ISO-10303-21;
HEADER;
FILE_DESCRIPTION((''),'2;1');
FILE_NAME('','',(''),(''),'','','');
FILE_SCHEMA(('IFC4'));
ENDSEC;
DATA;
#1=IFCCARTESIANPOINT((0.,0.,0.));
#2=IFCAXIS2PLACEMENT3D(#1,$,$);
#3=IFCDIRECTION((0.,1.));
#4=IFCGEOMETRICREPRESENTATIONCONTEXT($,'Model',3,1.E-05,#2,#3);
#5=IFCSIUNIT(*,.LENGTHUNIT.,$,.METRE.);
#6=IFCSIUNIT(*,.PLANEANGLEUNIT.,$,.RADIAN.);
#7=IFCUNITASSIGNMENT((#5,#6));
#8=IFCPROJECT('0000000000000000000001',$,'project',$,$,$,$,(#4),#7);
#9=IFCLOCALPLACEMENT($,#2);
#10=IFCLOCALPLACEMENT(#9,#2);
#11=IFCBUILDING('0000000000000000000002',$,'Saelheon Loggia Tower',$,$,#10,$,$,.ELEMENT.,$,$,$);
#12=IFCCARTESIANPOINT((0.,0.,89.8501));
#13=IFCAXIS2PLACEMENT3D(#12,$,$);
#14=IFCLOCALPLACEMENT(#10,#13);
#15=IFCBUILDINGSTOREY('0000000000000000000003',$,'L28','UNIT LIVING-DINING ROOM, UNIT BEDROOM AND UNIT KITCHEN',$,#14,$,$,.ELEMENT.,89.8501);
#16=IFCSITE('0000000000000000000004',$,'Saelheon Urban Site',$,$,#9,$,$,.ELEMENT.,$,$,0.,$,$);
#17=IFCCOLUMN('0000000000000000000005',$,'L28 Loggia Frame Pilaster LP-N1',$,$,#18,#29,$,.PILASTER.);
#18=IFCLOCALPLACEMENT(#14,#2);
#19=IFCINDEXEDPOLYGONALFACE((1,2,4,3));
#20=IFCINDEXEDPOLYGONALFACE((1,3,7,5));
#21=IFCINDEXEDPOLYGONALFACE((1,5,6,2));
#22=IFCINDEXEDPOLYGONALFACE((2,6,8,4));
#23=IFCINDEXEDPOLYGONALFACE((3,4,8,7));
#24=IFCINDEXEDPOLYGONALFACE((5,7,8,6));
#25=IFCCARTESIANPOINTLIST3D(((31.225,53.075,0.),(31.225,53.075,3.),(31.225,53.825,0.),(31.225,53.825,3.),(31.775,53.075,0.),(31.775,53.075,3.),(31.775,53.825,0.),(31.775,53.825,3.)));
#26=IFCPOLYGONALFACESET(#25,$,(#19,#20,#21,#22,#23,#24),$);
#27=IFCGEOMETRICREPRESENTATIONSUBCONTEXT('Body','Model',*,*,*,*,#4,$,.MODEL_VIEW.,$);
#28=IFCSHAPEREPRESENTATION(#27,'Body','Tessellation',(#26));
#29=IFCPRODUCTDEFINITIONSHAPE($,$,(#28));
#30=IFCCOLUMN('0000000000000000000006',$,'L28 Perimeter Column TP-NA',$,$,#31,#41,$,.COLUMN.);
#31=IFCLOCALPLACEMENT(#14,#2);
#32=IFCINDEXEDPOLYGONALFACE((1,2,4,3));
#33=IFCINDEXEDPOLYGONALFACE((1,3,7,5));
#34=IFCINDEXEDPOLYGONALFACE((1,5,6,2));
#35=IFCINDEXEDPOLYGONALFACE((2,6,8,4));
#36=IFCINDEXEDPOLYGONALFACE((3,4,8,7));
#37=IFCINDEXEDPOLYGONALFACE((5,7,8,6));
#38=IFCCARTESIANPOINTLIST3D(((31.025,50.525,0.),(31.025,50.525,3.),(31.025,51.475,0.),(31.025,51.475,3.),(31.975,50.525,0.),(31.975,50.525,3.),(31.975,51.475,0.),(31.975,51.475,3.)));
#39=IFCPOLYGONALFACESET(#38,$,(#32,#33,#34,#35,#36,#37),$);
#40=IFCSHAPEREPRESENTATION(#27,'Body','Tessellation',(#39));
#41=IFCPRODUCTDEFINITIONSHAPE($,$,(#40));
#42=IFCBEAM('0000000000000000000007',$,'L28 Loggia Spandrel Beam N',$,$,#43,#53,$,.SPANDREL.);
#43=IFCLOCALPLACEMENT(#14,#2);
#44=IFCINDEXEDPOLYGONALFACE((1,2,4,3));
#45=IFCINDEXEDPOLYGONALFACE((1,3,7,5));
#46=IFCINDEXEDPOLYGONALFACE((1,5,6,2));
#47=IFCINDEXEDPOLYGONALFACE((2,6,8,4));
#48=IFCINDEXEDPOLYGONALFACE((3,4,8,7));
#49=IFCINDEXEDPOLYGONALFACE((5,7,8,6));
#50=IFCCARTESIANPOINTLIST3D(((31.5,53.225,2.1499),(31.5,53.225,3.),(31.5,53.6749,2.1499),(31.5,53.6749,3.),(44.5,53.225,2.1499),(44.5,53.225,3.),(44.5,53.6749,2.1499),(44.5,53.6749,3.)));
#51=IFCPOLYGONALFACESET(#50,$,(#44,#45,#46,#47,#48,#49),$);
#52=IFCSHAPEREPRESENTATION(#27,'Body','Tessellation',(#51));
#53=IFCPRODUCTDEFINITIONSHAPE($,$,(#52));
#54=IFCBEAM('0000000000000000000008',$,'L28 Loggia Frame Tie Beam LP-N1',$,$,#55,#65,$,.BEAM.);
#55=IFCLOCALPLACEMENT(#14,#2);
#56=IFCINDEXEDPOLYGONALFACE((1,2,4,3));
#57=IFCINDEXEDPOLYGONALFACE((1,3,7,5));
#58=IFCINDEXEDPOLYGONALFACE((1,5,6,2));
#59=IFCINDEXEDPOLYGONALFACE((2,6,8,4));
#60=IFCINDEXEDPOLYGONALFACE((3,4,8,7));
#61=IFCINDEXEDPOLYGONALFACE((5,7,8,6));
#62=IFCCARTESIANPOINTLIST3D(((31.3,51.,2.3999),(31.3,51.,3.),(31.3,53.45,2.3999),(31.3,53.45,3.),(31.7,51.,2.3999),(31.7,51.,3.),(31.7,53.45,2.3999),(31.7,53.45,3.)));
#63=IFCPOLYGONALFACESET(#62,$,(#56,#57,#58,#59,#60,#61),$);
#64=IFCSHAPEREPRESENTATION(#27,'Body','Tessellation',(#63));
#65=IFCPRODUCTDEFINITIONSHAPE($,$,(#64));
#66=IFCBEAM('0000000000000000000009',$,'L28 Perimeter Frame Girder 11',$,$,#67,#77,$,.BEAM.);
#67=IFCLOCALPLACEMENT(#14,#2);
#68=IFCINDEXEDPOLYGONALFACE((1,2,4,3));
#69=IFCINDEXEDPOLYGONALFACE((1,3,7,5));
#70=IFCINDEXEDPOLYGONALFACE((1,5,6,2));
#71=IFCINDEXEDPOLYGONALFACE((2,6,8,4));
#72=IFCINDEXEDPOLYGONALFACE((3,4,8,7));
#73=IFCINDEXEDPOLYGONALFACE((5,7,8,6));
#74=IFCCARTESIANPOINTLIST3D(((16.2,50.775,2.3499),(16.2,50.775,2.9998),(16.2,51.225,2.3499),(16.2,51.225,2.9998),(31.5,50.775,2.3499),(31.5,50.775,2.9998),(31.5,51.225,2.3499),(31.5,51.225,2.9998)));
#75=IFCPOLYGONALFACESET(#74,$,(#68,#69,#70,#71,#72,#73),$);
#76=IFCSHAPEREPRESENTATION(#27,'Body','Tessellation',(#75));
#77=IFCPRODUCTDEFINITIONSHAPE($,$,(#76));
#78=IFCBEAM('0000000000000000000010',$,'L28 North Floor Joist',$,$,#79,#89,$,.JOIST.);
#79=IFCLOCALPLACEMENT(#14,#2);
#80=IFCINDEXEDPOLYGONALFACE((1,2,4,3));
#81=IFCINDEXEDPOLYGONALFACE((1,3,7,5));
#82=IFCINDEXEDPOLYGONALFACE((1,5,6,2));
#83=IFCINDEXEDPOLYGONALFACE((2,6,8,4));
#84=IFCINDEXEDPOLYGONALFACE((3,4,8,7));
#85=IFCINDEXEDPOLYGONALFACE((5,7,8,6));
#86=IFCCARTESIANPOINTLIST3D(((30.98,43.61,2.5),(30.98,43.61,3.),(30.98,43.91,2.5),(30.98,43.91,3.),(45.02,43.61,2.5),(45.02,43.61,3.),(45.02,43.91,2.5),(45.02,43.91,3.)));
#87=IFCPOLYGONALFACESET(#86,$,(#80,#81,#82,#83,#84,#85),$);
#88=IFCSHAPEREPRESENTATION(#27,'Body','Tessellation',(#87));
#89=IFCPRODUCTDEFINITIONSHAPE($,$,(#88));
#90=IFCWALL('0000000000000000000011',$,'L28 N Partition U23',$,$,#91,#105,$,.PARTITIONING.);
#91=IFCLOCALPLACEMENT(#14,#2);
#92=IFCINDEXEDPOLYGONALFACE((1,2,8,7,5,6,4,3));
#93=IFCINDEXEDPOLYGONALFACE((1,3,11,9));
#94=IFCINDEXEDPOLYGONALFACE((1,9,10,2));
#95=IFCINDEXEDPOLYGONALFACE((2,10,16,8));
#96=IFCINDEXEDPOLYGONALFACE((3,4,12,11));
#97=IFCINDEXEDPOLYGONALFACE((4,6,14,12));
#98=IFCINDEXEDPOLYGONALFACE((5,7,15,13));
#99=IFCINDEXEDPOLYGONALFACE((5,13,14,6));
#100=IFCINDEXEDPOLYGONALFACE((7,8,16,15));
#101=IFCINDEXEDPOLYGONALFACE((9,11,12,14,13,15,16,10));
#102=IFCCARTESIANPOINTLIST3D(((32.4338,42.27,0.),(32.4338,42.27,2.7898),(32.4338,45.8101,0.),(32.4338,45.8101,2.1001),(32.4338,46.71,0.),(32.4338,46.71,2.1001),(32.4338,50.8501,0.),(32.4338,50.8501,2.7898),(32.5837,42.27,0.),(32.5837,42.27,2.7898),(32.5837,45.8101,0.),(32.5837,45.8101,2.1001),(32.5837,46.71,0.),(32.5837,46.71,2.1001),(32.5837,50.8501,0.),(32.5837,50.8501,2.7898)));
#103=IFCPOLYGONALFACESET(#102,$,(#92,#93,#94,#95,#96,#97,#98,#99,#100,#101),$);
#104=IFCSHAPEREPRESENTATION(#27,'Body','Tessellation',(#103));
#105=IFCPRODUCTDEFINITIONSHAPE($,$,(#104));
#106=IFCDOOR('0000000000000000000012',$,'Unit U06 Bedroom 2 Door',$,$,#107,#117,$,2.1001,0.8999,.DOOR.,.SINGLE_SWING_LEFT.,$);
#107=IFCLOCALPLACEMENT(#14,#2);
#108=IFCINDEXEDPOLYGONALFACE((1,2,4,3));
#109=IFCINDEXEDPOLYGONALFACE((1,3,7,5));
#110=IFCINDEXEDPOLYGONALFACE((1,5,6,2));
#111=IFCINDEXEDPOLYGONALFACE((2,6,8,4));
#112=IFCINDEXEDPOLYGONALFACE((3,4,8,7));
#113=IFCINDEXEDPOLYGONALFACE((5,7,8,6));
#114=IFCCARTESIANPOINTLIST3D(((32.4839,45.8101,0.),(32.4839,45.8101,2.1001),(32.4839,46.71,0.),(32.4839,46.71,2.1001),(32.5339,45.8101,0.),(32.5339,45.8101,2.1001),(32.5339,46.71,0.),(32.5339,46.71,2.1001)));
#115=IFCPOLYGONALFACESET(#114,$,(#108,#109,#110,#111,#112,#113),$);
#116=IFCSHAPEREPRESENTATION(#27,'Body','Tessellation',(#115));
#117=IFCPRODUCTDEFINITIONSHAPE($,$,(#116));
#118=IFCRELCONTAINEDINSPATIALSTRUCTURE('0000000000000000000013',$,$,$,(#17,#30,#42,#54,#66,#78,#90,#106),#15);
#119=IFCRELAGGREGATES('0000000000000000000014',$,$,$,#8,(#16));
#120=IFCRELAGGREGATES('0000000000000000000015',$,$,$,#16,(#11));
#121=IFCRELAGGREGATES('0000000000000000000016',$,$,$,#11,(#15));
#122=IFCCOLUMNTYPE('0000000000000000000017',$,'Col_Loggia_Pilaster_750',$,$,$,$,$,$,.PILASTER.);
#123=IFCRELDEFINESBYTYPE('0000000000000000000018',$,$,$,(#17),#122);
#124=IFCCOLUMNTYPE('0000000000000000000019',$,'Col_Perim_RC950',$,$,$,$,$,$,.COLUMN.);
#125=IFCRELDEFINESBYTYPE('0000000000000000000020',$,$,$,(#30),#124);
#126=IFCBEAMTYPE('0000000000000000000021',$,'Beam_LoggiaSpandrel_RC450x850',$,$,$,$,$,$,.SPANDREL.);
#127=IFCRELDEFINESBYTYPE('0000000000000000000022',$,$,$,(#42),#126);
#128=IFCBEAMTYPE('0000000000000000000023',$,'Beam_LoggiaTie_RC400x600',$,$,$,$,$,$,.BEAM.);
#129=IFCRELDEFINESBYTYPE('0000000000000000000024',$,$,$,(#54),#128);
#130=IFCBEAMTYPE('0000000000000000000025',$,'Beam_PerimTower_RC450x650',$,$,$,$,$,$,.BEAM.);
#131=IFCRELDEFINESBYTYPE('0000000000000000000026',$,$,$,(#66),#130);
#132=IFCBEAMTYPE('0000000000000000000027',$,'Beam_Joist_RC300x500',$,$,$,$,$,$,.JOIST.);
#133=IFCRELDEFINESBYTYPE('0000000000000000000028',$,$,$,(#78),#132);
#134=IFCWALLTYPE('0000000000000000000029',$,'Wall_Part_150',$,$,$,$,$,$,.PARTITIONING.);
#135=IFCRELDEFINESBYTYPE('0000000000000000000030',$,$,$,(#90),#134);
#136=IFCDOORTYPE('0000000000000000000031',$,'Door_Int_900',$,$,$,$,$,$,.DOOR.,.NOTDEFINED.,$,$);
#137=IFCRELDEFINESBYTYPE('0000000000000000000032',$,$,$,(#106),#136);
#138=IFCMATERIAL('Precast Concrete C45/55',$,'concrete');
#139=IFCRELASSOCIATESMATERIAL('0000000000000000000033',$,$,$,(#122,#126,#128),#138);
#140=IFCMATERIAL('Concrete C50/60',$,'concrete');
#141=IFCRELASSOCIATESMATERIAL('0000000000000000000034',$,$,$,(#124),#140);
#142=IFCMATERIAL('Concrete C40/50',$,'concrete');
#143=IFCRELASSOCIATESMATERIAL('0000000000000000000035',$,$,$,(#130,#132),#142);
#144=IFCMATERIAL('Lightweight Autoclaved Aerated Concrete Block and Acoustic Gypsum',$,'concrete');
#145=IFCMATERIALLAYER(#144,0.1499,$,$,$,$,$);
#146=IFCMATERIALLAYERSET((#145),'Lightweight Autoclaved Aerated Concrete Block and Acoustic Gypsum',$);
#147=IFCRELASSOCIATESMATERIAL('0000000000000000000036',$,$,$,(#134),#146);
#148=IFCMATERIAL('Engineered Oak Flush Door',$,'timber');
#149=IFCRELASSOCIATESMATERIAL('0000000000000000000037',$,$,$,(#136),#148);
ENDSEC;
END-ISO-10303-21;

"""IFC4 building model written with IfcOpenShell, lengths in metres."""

from ifc_helpers import new_model, si_unit, direction, frame, frame_2d, origin, origin_2d, place, context, subcontext, project, spatial, rectangle, extrude, source, transform, mapped, material, layer, layer_set, material_profile, profile_set, type_object, element, fill, save


model = new_model("IFC4")

# Units and contexts
model_context = context("Model", 3, precision=1e-05, world=origin(), true_north=direction((0.0, 1.0)))
body_context = subcontext(model_context, "Body", "Model", "MODEL_VIEW")
ifc_project = project(units=[si_unit("LENGTHUNIT", "METRE"), si_unit("PLANEANGLEUNIT", "RADIAN")], contexts=[model_context])

# Site, building, storey
site_placement = place(None, origin())
site = spatial("IfcSite", under=ifc_project, at=site_placement, Name="Saelheon Urban Site", CompositionType="ELEMENT", RefElevation=0.0)
building_placement = place(site_placement, origin())
building = spatial("IfcBuilding", under=site, at=building_placement, Name="Saelheon Loggia Tower", CompositionType="ELEMENT")
storey_placement = place(building_placement, frame((0.0, 0.0, 89.8501)))
storey = spatial("IfcBuildingStorey", under=building, at=storey_placement, Name="L28", Description="UNIT LIVING-DINING ROOM, UNIT BEDROOM AND UNIT KITCHEN", CompositionType="ELEMENT", Elevation=89.8501)

# Columns
ifc_material_1 = material(Name="Precast Concrete C45/55", Category="concrete")
ifc_material_profile_1 = material_profile(ifc_material_1, rectangle(XDim=0.55, YDim=0.75, at=origin_2d()), Name="RC-550x750")
ifc_profile_set_1 = profile_set([ifc_material_profile_1], Name="Precast Concrete C45/55")
column_type_1 = type_object("IfcColumnType", Name="Col_Loggia_Pilaster_750", PredefinedType="PILASTER", material=ifc_profile_set_1)
shared_shape_1 = source(origin(), body_context, "Body", "SweptSolid", [
    extrude(rectangle(XDim=0.55, YDim=0.75, at=origin_2d()), origin(), (0.0, 0.0, 1.0), 3.0),
])
column_1_placement = place(storey_placement, frame((31.5, 53.45, 0.0), z_axis=(0.0, 0.0, 1.0), x_axis=(1.0, 0.0, 0.0)))
element("IfcColumn", 1, at=column_1_placement, inside=storey, type_object=column_type_1, Name="L28 Loggia Frame Pilaster LP-N1", PredefinedType="PILASTER", context=body_context, shape_type="MappedRepresentation", body=[
    mapped(shared_shape_1, transform((0.0, 0.0, 0.0), scale=1.0)),
])
ifc_material_2 = material(Name="Concrete C50/60", Category="concrete")
ifc_material_profile_2 = material_profile(ifc_material_2, rectangle(XDim=0.95, YDim=0.95, at=origin_2d()), Name="RC-950x950")
ifc_profile_set_2 = profile_set([ifc_material_profile_2], Name="Concrete C50/60")
column_type_2 = type_object("IfcColumnType", Name="Col_Perim_RC950", PredefinedType="COLUMN", material=ifc_profile_set_2)
shared_shape_2 = source(origin(), body_context, "Body", "SweptSolid", [
    extrude(rectangle(XDim=0.95, YDim=0.95, at=origin_2d()), origin(), (0.0, 0.0, 1.0), 3.0),
])
column_2_placement = place(storey_placement, frame((31.5, 51.0, 0.0), z_axis=(0.0, 0.0, 1.0), x_axis=(1.0, 0.0, 0.0)))
element("IfcColumn", 2, at=column_2_placement, inside=storey, type_object=column_type_2, Name="L28 Perimeter Column TP-NA", PredefinedType="COLUMN", context=body_context, shape_type="MappedRepresentation", body=[
    mapped(shared_shape_2, transform((0.0, 0.0, 0.0), scale=1.0)),
])

# Beams
ifc_material_profile_3 = material_profile(ifc_material_1, rectangle(XDim=0.45, YDim=0.8501, at=origin_2d()), Name="RC-450x850")
ifc_profile_set_3 = profile_set([ifc_material_profile_3], Name="Precast Concrete C45/55")
beam_type_1 = type_object("IfcBeamType", Name="Beam_LoggiaSpandrel_RC450x850", PredefinedType="SPANDREL", material=ifc_profile_set_3)
shared_shape_3 = source(origin(), body_context, "Body", "SweptSolid", [
    extrude(rectangle(XDim=0.45, YDim=0.8501, at=origin_2d()), origin(), (0.0, 0.0, 1.0), 13.0),
])
beam_1_placement = place(storey_placement, frame((31.5, 53.45, 2.575), z_axis=(1.0, 0.0, 0.0), x_axis=(0.0, 1.0, 0.0)))
element("IfcBeam", 3, at=beam_1_placement, inside=storey, type_object=beam_type_1, Name="L28 Loggia Spandrel Beam N", PredefinedType="SPANDREL", context=body_context, shape_type="MappedRepresentation", body=[
    mapped(shared_shape_3, transform((0.0, 0.0, 0.0), scale=1.0)),
])
ifc_material_profile_4 = material_profile(ifc_material_1, rectangle(XDim=0.3999, YDim=0.6001, at=origin_2d()), Name="RC-400x600")
ifc_profile_set_4 = profile_set([ifc_material_profile_4], Name="Precast Concrete C45/55")
beam_type_2 = type_object("IfcBeamType", Name="Beam_LoggiaTie_RC400x600", PredefinedType="BEAM", material=ifc_profile_set_4)
shared_shape_4 = source(origin(), body_context, "Body", "SweptSolid", [
    extrude(rectangle(XDim=0.3999, YDim=0.6001, at=origin_2d()), origin(), (0.0, 0.0, 1.0), 2.45),
])
beam_2_placement = place(storey_placement, frame((31.5, 51.0, 2.7), z_axis=(0.0, 1.0, 0.0), x_axis=(-1.0, 0.0, 0.0)))
element("IfcBeam", 4, at=beam_2_placement, inside=storey, type_object=beam_type_2, Name="L28 Loggia Frame Tie Beam LP-N1", PredefinedType="BEAM", context=body_context, shape_type="MappedRepresentation", body=[
    mapped(shared_shape_4, transform((0.0, 0.0, 0.0), scale=1.0)),
])
ifc_material_3 = material(Name="Concrete C40/50", Category="concrete")
ifc_material_profile_5 = material_profile(ifc_material_3, rectangle(XDim=0.45, YDim=0.6499, at=origin_2d()), Name="RC-450x650")
ifc_profile_set_5 = profile_set([ifc_material_profile_5], Name="Concrete C40/50")
beam_type_3 = type_object("IfcBeamType", Name="Beam_PerimTower_RC450x650", PredefinedType="BEAM", material=ifc_profile_set_5)
shared_shape_5 = source(origin(), body_context, "Body", "SweptSolid", [
    extrude(rectangle(XDim=0.45, YDim=0.6499, at=origin_2d()), origin(), (0.0, 0.0, 1.0), 15.3),
])
beam_3_placement = place(storey_placement, frame((31.5, 51.0, 2.6748), z_axis=(-1.0, 0.0, 0.0), x_axis=(0.0, -1.0, 0.0)))
element("IfcBeam", 5, at=beam_3_placement, inside=storey, type_object=beam_type_3, Name="L28 Perimeter Frame Girder 11", PredefinedType="BEAM", context=body_context, shape_type="MappedRepresentation", body=[
    mapped(shared_shape_5, transform((0.0, 0.0, 0.0), scale=1.0)),
])
ifc_material_profile_6 = material_profile(ifc_material_3, rectangle(XDim=0.3, YDim=0.5, at=origin_2d()), Name="RC-300x500")
ifc_profile_set_6 = profile_set([ifc_material_profile_6], Name="Concrete C40/50")
beam_type_4 = type_object("IfcBeamType", Name="Beam_Joist_RC300x500", PredefinedType="JOIST", material=ifc_profile_set_6)
shared_shape_6 = source(origin(), body_context, "Body", "SweptSolid", [
    extrude(rectangle(XDim=0.3, YDim=0.5, at=origin_2d()), origin(), (0.0, 0.0, 1.0), 14.04),
])
beam_4_placement = place(storey_placement, frame((30.98, 43.76, 2.75), z_axis=(1.0, 0.0, 0.0), x_axis=(0.0, 1.0, 0.0)))
element("IfcBeam", 6, at=beam_4_placement, inside=storey, type_object=beam_type_4, Name="L28 North Floor Joist", PredefinedType="JOIST", context=body_context, shape_type="MappedRepresentation", body=[
    mapped(shared_shape_6, transform((0.0, 0.0, 0.0), scale=1.0)),
])

# Wall, opening, door
ifc_material_4 = material(Name="Lightweight Autoclaved Aerated Concrete Block and Acoustic Gypsum", Category="concrete")
ifc_layer = layer(ifc_material_4, 0.1499)
ifc_layer_set = layer_set([ifc_layer], Name="Lightweight Autoclaved Aerated Concrete Block and Acoustic Gypsum")
wall_type = type_object("IfcWallType", Name="Wall_Part_150", PredefinedType="PARTITIONING", material=ifc_layer_set)
wall_placement = place(storey_placement, frame((32.5088, 42.27, 0.0), z_axis=(0.0, 0.0, 1.0), x_axis=(0.0, 1.0, 0.0)))
wall = element("IfcWall", 7, at=wall_placement, inside=storey, type_object=wall_type, Name="L28 N Partition U23", PredefinedType="PARTITIONING", context=body_context, shape_type="SweptSolid", body=[
    extrude(rectangle(XDim=8.5801, YDim=0.1499, at=frame_2d((4.29, 0.0))), origin(), (0.0, 0.0, 1.0), 2.7898),
])
opening_placement = place(wall_placement, frame((3.54, 0.0, 0.0)))
opening = element("IfcOpeningElement", 8, at=opening_placement, cuts=wall, PredefinedType="OPENING", context=body_context, shape_type="SweptSolid", body=[
    extrude(rectangle(XDim=0.8999, YDim=2.1001, at=frame_2d((0.45, 1.05))), frame((0.0, 0.0869, 0.0), z_axis=(0.0, -1.0, 0.0), x_axis=(1.0, 0.0, 0.0)), (0.0, 0.0, 1.0), 0.1738),
])
ifc_material_5 = material(Name="Engineered Oak Flush Door", Category="timber")
door_type = type_object("IfcDoorType", Name="Door_Int_900", OperationType="NOTDEFINED", PredefinedType="DOOR", material=ifc_material_5)
shared_shape_7 = source(origin(), body_context, "Body", "SweptSolid", [
    extrude(rectangle(XDim=0.8999, YDim=2.1001, at=frame_2d((0.45, 1.05))), frame((0.0, 0.0249, 0.0), z_axis=(0.0, -1.0, 0.0), x_axis=(1.0, 0.0, 0.0)), (0.0, 0.0, 1.0), 0.05),
])
door_placement = place(opening_placement, origin())
door = element("IfcDoor", 9, at=door_placement, inside=storey, type_object=door_type, Name="Unit U06 Bedroom 2 Door", OperationType="SINGLE_SWING_LEFT", OverallHeight=2.1001, OverallWidth=0.8999, PredefinedType="DOOR", context=body_context, shape_type="MappedRepresentation", body=[
    mapped(shared_shape_7, transform((0.0, 0.0, 0.0), scale=1.0)),
])
fill(opening, door)

save(model, "model.ifc")
